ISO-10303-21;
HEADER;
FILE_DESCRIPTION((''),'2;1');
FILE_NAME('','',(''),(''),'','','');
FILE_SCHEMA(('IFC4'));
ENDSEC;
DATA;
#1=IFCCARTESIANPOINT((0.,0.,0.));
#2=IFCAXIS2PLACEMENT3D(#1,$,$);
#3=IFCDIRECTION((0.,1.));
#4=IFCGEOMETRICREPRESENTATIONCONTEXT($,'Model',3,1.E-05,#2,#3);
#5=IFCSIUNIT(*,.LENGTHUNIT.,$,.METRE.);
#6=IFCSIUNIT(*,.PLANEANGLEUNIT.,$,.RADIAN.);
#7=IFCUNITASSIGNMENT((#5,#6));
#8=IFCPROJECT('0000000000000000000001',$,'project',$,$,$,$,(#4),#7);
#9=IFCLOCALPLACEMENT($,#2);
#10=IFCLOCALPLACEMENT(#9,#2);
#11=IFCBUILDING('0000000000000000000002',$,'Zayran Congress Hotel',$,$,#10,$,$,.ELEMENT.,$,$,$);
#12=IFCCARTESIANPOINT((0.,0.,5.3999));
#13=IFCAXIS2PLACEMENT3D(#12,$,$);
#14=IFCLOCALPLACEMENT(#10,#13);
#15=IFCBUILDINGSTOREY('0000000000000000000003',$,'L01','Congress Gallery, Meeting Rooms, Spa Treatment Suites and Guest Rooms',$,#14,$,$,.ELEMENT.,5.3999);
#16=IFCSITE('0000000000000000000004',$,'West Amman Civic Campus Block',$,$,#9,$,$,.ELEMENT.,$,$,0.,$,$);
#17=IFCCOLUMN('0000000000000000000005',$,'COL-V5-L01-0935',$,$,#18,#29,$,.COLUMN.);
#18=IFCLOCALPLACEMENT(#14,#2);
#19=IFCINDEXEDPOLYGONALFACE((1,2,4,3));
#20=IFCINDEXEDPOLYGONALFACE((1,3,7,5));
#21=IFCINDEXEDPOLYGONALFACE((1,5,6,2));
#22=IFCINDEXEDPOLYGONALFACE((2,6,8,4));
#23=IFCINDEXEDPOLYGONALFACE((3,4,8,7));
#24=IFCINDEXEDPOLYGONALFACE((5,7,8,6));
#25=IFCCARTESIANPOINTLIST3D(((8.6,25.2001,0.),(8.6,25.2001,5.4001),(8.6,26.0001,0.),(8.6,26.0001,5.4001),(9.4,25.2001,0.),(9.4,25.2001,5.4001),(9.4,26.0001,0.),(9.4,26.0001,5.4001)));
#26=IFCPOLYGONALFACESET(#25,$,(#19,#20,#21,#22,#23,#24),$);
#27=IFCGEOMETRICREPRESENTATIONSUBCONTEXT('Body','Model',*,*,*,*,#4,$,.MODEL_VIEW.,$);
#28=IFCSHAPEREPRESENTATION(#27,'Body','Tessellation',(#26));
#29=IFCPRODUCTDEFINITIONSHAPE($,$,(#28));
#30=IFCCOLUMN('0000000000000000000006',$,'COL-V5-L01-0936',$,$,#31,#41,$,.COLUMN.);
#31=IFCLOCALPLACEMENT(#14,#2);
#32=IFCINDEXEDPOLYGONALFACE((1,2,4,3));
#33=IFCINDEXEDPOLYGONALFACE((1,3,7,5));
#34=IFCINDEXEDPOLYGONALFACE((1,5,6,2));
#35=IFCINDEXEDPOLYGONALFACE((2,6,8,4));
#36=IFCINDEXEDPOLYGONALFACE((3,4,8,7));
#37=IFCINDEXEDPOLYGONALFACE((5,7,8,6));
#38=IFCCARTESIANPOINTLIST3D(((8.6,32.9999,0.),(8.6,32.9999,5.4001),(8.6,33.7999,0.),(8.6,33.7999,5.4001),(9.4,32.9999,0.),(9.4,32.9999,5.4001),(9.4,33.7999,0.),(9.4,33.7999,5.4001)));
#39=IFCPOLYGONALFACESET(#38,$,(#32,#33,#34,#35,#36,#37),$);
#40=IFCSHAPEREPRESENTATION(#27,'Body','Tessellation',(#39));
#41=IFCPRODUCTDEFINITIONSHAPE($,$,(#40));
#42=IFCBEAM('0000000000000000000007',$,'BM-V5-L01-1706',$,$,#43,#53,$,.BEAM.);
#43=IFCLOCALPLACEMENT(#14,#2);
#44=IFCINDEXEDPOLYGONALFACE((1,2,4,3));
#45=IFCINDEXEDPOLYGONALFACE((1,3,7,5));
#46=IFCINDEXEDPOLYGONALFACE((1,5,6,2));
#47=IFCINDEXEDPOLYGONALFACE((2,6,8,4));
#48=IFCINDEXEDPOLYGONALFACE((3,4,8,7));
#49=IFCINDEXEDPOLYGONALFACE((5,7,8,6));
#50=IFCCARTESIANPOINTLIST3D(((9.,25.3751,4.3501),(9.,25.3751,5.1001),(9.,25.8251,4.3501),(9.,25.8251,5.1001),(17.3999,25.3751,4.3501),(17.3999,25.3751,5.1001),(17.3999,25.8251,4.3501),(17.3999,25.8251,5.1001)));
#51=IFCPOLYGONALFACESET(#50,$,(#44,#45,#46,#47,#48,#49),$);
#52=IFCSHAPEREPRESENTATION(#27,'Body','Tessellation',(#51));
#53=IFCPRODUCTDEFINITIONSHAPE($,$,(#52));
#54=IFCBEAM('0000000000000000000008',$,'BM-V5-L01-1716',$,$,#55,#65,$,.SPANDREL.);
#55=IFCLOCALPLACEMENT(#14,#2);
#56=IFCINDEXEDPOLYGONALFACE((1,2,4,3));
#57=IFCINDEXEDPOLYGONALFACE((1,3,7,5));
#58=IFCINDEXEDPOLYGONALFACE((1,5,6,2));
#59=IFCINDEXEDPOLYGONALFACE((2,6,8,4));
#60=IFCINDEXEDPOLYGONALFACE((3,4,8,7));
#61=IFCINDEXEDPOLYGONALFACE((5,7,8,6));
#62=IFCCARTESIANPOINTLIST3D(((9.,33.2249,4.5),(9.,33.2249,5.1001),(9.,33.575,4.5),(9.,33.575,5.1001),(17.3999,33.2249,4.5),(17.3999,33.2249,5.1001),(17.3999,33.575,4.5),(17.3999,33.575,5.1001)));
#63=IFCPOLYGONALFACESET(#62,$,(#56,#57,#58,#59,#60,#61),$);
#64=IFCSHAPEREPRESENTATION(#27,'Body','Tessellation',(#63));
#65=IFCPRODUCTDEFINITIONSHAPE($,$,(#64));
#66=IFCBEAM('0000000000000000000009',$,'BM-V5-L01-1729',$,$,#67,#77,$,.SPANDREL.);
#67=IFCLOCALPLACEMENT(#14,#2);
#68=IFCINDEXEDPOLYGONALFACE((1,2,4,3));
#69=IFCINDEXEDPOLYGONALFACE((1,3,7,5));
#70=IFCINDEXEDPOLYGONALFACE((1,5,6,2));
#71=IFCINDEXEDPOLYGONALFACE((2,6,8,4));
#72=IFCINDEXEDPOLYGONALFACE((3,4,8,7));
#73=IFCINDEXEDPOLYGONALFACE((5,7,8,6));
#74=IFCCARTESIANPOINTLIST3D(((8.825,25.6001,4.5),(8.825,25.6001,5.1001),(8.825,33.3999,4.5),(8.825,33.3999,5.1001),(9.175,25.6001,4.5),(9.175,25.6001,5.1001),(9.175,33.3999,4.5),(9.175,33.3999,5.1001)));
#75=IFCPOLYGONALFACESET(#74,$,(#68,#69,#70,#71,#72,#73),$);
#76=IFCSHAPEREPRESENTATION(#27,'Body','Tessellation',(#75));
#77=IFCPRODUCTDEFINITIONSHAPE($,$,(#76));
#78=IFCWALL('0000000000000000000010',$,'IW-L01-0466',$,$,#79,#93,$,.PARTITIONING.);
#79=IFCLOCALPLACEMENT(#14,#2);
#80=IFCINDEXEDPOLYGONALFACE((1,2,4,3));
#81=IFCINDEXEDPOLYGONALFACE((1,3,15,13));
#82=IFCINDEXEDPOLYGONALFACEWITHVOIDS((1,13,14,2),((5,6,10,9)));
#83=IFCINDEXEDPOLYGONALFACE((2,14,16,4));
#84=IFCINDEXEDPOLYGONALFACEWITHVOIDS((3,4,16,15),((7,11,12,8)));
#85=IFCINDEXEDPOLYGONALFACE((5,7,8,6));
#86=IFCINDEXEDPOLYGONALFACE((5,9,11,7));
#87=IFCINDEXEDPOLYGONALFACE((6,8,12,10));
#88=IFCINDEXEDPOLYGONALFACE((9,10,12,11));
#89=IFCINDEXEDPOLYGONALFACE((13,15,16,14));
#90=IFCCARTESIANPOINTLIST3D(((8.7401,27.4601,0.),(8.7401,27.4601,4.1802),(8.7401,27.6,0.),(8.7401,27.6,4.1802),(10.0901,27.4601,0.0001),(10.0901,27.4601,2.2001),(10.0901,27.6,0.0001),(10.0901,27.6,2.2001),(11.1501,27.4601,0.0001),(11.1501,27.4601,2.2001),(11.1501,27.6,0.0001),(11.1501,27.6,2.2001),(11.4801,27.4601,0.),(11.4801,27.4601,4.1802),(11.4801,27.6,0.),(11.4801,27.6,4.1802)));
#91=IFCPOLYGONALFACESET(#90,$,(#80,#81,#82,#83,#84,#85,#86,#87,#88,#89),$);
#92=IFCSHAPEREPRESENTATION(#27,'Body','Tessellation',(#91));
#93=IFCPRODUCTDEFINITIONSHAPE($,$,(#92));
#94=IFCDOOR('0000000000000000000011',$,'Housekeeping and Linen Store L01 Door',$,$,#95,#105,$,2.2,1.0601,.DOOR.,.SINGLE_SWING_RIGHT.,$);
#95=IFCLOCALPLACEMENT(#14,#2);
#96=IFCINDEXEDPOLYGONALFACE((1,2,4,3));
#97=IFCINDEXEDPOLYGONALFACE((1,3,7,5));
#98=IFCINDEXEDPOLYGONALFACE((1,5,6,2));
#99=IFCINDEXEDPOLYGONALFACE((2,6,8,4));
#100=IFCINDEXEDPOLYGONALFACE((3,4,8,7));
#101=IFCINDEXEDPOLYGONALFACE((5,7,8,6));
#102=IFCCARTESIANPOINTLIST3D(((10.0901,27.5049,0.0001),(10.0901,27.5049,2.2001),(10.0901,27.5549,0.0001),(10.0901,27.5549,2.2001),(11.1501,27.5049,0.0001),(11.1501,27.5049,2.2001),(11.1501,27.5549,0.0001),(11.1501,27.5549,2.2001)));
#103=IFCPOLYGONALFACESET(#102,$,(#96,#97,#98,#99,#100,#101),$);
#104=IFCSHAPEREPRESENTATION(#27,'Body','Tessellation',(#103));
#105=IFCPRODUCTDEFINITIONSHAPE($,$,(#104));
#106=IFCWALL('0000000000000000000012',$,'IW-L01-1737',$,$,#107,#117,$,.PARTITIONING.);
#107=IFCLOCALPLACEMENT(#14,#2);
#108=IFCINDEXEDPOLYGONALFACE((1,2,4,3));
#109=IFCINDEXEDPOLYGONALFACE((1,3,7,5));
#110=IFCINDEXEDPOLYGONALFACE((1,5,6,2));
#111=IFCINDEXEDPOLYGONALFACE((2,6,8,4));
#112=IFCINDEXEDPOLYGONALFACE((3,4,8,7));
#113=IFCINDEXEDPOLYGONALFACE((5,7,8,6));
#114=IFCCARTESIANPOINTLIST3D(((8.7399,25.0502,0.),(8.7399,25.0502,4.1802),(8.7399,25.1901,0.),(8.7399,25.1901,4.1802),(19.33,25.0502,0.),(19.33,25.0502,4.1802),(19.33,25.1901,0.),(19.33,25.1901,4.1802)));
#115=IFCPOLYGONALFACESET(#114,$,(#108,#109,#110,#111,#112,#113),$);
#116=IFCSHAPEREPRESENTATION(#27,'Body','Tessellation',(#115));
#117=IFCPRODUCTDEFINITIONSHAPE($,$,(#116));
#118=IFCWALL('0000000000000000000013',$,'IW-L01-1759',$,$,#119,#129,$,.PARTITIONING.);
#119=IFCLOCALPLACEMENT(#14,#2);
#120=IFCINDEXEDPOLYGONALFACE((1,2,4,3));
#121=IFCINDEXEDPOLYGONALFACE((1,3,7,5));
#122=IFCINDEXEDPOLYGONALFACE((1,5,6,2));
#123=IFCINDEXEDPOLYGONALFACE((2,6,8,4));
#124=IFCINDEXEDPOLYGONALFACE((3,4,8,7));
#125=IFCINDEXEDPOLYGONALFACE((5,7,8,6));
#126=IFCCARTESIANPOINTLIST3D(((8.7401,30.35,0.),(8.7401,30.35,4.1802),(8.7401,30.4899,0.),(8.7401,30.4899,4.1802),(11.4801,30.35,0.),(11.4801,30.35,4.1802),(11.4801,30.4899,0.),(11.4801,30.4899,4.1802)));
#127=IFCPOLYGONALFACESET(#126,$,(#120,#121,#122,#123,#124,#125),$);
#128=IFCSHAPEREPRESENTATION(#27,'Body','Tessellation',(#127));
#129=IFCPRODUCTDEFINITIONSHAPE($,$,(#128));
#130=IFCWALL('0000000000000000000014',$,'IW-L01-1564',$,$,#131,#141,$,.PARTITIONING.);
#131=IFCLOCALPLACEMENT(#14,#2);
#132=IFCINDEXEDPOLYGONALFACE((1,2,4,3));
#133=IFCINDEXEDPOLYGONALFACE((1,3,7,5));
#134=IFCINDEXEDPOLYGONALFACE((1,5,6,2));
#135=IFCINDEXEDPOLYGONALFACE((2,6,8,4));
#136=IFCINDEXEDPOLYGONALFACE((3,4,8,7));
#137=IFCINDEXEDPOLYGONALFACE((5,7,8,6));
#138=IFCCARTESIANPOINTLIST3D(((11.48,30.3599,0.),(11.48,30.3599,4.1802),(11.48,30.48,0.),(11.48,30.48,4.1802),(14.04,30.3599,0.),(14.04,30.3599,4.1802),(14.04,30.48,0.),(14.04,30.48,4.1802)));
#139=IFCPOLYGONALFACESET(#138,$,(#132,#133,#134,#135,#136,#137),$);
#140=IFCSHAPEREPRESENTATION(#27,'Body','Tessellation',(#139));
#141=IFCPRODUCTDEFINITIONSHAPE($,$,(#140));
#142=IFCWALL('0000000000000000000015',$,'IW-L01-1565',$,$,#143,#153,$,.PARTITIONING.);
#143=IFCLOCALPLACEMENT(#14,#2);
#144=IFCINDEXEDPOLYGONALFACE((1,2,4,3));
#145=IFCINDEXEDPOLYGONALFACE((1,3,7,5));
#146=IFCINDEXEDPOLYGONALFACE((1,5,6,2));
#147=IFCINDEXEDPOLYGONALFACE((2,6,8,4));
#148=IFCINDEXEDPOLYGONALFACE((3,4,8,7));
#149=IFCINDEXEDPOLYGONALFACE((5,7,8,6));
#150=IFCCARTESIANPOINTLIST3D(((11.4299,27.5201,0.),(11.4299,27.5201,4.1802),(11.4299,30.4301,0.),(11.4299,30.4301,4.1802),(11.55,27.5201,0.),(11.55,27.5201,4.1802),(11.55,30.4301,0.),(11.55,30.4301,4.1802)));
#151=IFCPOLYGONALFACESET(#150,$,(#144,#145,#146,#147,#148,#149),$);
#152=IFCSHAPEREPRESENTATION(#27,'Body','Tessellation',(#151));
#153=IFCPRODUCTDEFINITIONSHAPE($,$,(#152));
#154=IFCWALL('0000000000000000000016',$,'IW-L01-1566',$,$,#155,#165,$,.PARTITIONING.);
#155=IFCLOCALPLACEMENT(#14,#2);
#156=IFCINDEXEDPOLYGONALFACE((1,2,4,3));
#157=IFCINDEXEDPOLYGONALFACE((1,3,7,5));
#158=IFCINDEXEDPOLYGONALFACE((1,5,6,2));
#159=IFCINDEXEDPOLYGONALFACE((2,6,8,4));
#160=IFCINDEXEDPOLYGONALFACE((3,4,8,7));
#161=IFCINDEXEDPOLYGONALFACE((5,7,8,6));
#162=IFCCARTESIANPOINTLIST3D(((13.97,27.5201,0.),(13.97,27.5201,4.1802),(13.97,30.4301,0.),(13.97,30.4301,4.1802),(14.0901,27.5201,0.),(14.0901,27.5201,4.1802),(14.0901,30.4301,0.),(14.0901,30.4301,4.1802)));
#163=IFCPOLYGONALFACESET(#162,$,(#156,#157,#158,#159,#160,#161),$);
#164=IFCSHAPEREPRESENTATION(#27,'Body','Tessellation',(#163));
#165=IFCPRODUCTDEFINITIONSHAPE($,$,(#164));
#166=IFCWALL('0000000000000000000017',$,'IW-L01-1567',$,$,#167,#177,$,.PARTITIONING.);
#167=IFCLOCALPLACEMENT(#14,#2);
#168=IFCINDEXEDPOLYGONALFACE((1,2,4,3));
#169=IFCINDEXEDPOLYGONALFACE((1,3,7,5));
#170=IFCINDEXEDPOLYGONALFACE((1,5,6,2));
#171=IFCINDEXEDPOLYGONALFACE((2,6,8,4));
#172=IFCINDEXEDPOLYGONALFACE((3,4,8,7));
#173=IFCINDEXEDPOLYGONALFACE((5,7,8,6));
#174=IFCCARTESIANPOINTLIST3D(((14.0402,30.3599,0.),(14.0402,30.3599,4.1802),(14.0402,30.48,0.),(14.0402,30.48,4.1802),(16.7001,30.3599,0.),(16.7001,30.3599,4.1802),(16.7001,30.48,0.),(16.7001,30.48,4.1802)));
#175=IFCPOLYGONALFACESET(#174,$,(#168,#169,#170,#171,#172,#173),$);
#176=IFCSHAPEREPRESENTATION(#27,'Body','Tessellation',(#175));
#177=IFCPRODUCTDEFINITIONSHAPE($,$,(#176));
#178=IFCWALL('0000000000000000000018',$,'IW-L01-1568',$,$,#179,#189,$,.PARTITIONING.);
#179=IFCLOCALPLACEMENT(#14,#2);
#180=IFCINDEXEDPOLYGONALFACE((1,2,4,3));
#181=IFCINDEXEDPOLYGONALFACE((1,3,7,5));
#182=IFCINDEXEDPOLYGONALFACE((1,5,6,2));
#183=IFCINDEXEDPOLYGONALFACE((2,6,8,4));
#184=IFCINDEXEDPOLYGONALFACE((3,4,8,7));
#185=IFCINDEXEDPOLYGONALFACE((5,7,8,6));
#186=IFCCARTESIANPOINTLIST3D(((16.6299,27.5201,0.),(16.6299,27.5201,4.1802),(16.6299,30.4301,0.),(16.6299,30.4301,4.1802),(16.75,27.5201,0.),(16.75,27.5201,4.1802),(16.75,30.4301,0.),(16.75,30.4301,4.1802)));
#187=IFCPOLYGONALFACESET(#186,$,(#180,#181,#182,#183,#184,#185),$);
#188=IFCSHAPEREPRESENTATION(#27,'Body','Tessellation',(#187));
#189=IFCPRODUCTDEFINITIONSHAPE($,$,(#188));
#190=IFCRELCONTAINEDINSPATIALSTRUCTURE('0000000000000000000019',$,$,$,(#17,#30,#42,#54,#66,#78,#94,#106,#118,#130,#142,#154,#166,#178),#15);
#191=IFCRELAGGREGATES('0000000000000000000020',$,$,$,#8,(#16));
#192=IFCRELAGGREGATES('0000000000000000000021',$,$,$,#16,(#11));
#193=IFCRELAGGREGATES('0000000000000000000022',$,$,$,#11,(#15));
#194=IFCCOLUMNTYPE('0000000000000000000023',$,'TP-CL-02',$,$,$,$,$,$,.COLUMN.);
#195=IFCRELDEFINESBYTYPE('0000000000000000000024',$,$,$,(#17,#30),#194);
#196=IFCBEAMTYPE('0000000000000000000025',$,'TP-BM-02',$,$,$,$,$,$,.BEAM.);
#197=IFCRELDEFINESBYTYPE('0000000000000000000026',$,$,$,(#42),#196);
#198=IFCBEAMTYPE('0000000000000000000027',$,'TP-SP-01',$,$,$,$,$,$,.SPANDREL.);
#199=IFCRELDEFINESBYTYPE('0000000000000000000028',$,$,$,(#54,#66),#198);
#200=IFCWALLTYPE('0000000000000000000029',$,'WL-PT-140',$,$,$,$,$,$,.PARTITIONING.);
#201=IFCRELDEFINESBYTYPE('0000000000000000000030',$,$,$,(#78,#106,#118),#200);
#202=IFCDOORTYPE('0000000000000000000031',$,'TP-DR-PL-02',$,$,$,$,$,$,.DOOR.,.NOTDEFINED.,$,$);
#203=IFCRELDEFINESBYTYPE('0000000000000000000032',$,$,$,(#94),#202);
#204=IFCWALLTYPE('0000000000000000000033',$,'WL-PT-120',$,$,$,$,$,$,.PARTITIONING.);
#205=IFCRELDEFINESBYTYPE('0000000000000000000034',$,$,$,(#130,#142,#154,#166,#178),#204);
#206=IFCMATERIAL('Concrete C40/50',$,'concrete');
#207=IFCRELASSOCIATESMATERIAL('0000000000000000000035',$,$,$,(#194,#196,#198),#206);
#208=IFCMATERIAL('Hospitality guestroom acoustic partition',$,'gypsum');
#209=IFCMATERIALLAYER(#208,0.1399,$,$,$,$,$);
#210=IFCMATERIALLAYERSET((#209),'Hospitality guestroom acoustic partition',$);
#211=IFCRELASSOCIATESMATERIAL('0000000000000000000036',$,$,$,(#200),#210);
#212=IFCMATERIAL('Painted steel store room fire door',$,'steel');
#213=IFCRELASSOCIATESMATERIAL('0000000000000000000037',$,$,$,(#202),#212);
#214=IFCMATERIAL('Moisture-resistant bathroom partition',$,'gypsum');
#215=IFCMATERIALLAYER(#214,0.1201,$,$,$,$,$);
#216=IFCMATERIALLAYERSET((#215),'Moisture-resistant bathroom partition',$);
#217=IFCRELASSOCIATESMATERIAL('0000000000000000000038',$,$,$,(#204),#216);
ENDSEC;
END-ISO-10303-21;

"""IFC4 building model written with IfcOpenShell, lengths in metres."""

from ifc_helpers import new_model, si_unit, direction, frame, frame_2d, origin, origin_2d, place, context, subcontext, project, spatial, rectangle, extrude, material, layer, layer_set, material_profile, profile_set, type_object, element, fill, save


model = new_model("IFC4")

# Units and contexts
model_context = context("Model", 3, precision=1e-05, world=origin(), true_north=direction((0.0, 1.0)))
body_context = subcontext(model_context, "Body", "Model", "MODEL_VIEW")
ifc_project = project(units=[si_unit("LENGTHUNIT", "METRE"), si_unit("PLANEANGLEUNIT", "RADIAN")], contexts=[model_context])

# Site, building, storey
site_placement = place(None, origin())
site = spatial("IfcSite", under=ifc_project, at=site_placement, Name="West Amman Civic Campus Block", CompositionType="ELEMENT", RefElevation=0.0)
building_placement = place(site_placement, origin())
building = spatial("IfcBuilding", under=site, at=building_placement, Name="Zayran Congress Hotel", CompositionType="ELEMENT")
storey_placement = place(building_placement, frame((0.0, 0.0, 5.3999)))
storey = spatial("IfcBuildingStorey", under=building, at=storey_placement, Name="L01", Description="Congress Gallery, Meeting Rooms, Spa Treatment Suites and Guest Rooms", CompositionType="ELEMENT", Elevation=5.3999)

# Columns
ifc_material_1 = material(Name="Concrete C40/50", Category="concrete")
ifc_material_profile_1 = material_profile(ifc_material_1, rectangle(XDim=0.8, YDim=0.8, at=origin_2d()), Name="RC 800x800")
ifc_profile_set_1 = profile_set([ifc_material_profile_1], Name="Concrete C40/50")
column_type = type_object("IfcColumnType", Name="TP-CL-02", PredefinedType="COLUMN", material=ifc_profile_set_1)
for number, where, z_axis, x_axis, name in (
    (1, (9.0, 25.6001, 0.0), (0.0, 0.0, 1.0), (1.0, 0.0, 0.0), "COL-V5-L01-0935"),
    (2, (9.0, 33.3999, 0.0), (0.0, 0.0, 1.0), (1.0, 0.0, 0.0), "COL-V5-L01-0936"),
):
    element("IfcColumn", number, at=place(storey_placement, frame(where, z_axis=z_axis, x_axis=x_axis)), inside=storey, type_object=column_type, Name=name, PredefinedType="COLUMN", context=body_context, shape_type="SweptSolid", body=[
        extrude(rectangle(XDim=0.8, YDim=0.8, at=origin_2d()), origin(), (0.0, 0.0, 1.0), 5.4001),
    ])

# Beams
ifc_material_profile_2 = material_profile(ifc_material_1, rectangle(XDim=0.45, YDim=0.75, at=origin_2d()), Name="RC 450x750")
ifc_profile_set_2 = profile_set([ifc_material_profile_2], Name="Concrete C40/50")
beam_type_1 = type_object("IfcBeamType", Name="TP-BM-02", PredefinedType="BEAM", material=ifc_profile_set_2)
beam_1_placement = place(storey_placement, frame((9.0, 25.6001, 4.7251), z_axis=(1.0, 0.0, 0.0), x_axis=(0.0, 1.0, 0.0)))
element("IfcBeam", 3, at=beam_1_placement, inside=storey, type_object=beam_type_1, Name="BM-V5-L01-1706", PredefinedType="BEAM", context=body_context, shape_type="SweptSolid", body=[
    extrude(rectangle(XDim=0.45, YDim=0.75, at=origin_2d()), origin(), (0.0, 0.0, 1.0), 8.3999),
])
ifc_material_profile_3 = material_profile(ifc_material_1, rectangle(XDim=0.3501, YDim=0.6001, at=origin_2d()), Name="RC 350x600")
ifc_profile_set_3 = profile_set([ifc_material_profile_3], Name="Concrete C40/50")
beam_type_2 = type_object("IfcBeamType", Name="TP-SP-01", PredefinedType="SPANDREL", material=ifc_profile_set_3)
beam_2_placement = place(storey_placement, frame((9.0, 33.3999, 4.8), z_axis=(1.0, 0.0, 0.0), x_axis=(0.0, 1.0, 0.0)))
element("IfcBeam", 4, at=beam_2_placement, inside=storey, type_object=beam_type_2, Name="BM-V5-L01-1716", PredefinedType="SPANDREL", context=body_context, shape_type="SweptSolid", body=[
    extrude(rectangle(XDim=0.3501, YDim=0.6001, at=origin_2d()), origin(), (0.0, 0.0, 1.0), 8.3999),
])
beam_3_placement = place(storey_placement, frame((9.0, 25.6001, 4.8), z_axis=(0.0, 1.0, 0.0), x_axis=(-1.0, 0.0, 0.0)))
element("IfcBeam", 5, at=beam_3_placement, inside=storey, type_object=beam_type_2, Name="BM-V5-L01-1729", PredefinedType="SPANDREL", context=body_context, shape_type="SweptSolid", body=[
    extrude(rectangle(XDim=0.3501, YDim=0.6001, at=origin_2d()), origin(), (0.0, 0.0, 1.0), 7.7998),
])

# Wall, opening, door
ifc_material_2 = material(Name="Hospitality guestroom acoustic partition", Category="gypsum")
ifc_layer_1 = layer(ifc_material_2, 0.1399)
ifc_layer_set_1 = layer_set([ifc_layer_1], Name="Hospitality guestroom acoustic partition")
wall_type_1 = type_object("IfcWallType", Name="WL-PT-140", PredefinedType="PARTITIONING", material=ifc_layer_set_1)
wall_1_placement = place(storey_placement, frame((8.74, 27.53, 0.0), z_axis=(0.0, 0.0, 1.0), x_axis=(1.0, 0.0, 0.0)))
wall_1 = element("IfcWall", 6, at=wall_1_placement, inside=storey, type_object=wall_type_1, Name="IW-L01-0466", PredefinedType="PARTITIONING", context=body_context, shape_type="SweptSolid", body=[
    extrude(rectangle(XDim=2.74, YDim=0.1399, at=frame_2d((1.3701, 0.0))), origin(), (0.0, 0.0, 1.0), 4.1802),
])
opening_1_placement = place(wall_1_placement, frame((1.3501, 0.0, 0.0)))
opening_1 = element("IfcOpeningElement", 7, at=opening_1_placement, cuts=wall_1, PredefinedType="OPENING", context=body_context, shape_type="SweptSolid", body=[
    extrude(rectangle(XDim=1.0601, YDim=2.2, at=frame_2d((0.53, 1.1001))), frame((0.0, 0.0798, 0.0), z_axis=(0.0, -1.0, 0.0), x_axis=(1.0, 0.0, 0.0)), (0.0, 0.0, 1.0), 0.1599),
])
ifc_material_3 = material(Name="Painted steel store room fire door", Category="steel")
door_type_1 = type_object("IfcDoorType", Name="TP-DR-PL-02", OperationType="NOTDEFINED", PredefinedType="DOOR", material=ifc_material_3)
door_1_placement = place(opening_1_placement, origin())
door_1 = element("IfcDoor", 8, at=door_1_placement, inside=storey, type_object=door_type_1, Name="Housekeeping and Linen Store L01 Door", OperationType="SINGLE_SWING_RIGHT", OverallHeight=2.2, OverallWidth=1.0601, PredefinedType="DOOR", context=body_context, shape_type="SweptSolid", body=[
    extrude(rectangle(XDim=1.0601, YDim=2.2, at=frame_2d((0.53, 1.1001))), frame((0.0, 0.0249, 0.0), z_axis=(0.0, -1.0, 0.0), x_axis=(1.0, 0.0, 0.0)), (0.0, 0.0, 1.0), 0.05),
])
fill(opening_1, door_1)

# Walls
wall_2_placement = place(storey_placement, frame((8.74, 25.1201, 0.0), z_axis=(0.0, 0.0, 1.0), x_axis=(1.0, 0.0, 0.0)))
element("IfcWall", 9, at=wall_2_placement, inside=storey, type_object=wall_type_1, Name="IW-L01-1737", PredefinedType="PARTITIONING", context=body_context, shape_type="SweptSolid", body=[
    extrude(rectangle(XDim=10.5901, YDim=0.1399, at=frame_2d((5.2949, 0.0))), origin(), (0.0, 0.0, 1.0), 4.1802),
])
wall_3_placement = place(storey_placement, frame((8.74, 30.4199, 0.0), z_axis=(0.0, 0.0, 1.0), x_axis=(1.0, 0.0, 0.0)))
element("IfcWall", 10, at=wall_3_placement, inside=storey, type_object=wall_type_1, Name="IW-L01-1759", PredefinedType="PARTITIONING", context=body_context, shape_type="SweptSolid", body=[
    extrude(rectangle(XDim=2.74, YDim=0.1399, at=frame_2d((1.3701, 0.0))), origin(), (0.0, 0.0, 1.0), 4.1802),
])

# Shared definitions
ifc_material_4 = material(Name="Moisture-resistant bathroom partition", Category="gypsum")
ifc_layer_2 = layer(ifc_material_4, 0.1201)
ifc_layer_set_2 = layer_set([ifc_layer_2], Name="Moisture-resistant bathroom partition")
wall_type_2 = type_object("IfcWallType", Name="WL-PT-120", PredefinedType="PARTITIONING", material=ifc_layer_set_2)

# Walls
wall_4_placement = place(storey_placement, frame((11.48, 30.4199, 0.0), z_axis=(0.0, 0.0, 1.0), x_axis=(1.0, 0.0, 0.0)))
element("IfcWall", 11, at=wall_4_placement, inside=storey, type_object=wall_type_2, Name="IW-L01-1564", PredefinedType="PARTITIONING", context=body_context, shape_type="SweptSolid", body=[
    extrude(rectangle(XDim=2.5601, YDim=0.1201, at=frame_2d((1.28, 0.0))), origin(), (0.0, 0.0, 1.0), 4.1802),
])
for number, where, z_axis, x_axis, name in (
    (12, (11.49, 27.52, 0.0), (0.0, 0.0, 1.0), (0.0, 1.0, 0.0), "IW-L01-1565"),
    (13, (14.03, 27.52, 0.0), (0.0, 0.0, 1.0), (0.0, 1.0, 0.0), "IW-L01-1566"),
):
    element("IfcWall", number, at=place(storey_placement, frame(where, z_axis=z_axis, x_axis=x_axis)), inside=storey, type_object=wall_type_2, Name=name, PredefinedType="PARTITIONING", context=body_context, shape_type="SweptSolid", body=[
        extrude(rectangle(XDim=2.9099, YDim=0.1201, at=frame_2d((1.4551, 0.0))), origin(), (0.0, 0.0, 1.0), 4.1802),
    ])
wall_5_placement = place(storey_placement, frame((14.04, 30.4199, 0.0), z_axis=(0.0, 0.0, 1.0), x_axis=(1.0, 0.0, 0.0)))
element("IfcWall", 14, at=wall_5_placement, inside=storey, type_object=wall_type_2, Name="IW-L01-1567", PredefinedType="PARTITIONING", context=body_context, shape_type="SweptSolid", body=[
    extrude(rectangle(XDim=2.6599, YDim=0.1201, at=frame_2d((1.3301, 0.0))), origin(), (0.0, 0.0, 1.0), 4.1802),
])
wall_6_placement = place(storey_placement, frame((16.6899, 27.52, 0.0), z_axis=(0.0, 0.0, 1.0), x_axis=(0.0, 1.0, 0.0)))
element("IfcWall", 15, at=wall_6_placement, inside=storey, type_object=wall_type_2, Name="IW-L01-1568", PredefinedType="PARTITIONING", context=body_context, shape_type="SweptSolid", body=[
    extrude(rectangle(XDim=2.9099, YDim=0.1201, at=frame_2d((1.4551, 0.0))), origin(), (0.0, 0.0, 1.0), 4.1802),
])

save(model, "model.ifc")
